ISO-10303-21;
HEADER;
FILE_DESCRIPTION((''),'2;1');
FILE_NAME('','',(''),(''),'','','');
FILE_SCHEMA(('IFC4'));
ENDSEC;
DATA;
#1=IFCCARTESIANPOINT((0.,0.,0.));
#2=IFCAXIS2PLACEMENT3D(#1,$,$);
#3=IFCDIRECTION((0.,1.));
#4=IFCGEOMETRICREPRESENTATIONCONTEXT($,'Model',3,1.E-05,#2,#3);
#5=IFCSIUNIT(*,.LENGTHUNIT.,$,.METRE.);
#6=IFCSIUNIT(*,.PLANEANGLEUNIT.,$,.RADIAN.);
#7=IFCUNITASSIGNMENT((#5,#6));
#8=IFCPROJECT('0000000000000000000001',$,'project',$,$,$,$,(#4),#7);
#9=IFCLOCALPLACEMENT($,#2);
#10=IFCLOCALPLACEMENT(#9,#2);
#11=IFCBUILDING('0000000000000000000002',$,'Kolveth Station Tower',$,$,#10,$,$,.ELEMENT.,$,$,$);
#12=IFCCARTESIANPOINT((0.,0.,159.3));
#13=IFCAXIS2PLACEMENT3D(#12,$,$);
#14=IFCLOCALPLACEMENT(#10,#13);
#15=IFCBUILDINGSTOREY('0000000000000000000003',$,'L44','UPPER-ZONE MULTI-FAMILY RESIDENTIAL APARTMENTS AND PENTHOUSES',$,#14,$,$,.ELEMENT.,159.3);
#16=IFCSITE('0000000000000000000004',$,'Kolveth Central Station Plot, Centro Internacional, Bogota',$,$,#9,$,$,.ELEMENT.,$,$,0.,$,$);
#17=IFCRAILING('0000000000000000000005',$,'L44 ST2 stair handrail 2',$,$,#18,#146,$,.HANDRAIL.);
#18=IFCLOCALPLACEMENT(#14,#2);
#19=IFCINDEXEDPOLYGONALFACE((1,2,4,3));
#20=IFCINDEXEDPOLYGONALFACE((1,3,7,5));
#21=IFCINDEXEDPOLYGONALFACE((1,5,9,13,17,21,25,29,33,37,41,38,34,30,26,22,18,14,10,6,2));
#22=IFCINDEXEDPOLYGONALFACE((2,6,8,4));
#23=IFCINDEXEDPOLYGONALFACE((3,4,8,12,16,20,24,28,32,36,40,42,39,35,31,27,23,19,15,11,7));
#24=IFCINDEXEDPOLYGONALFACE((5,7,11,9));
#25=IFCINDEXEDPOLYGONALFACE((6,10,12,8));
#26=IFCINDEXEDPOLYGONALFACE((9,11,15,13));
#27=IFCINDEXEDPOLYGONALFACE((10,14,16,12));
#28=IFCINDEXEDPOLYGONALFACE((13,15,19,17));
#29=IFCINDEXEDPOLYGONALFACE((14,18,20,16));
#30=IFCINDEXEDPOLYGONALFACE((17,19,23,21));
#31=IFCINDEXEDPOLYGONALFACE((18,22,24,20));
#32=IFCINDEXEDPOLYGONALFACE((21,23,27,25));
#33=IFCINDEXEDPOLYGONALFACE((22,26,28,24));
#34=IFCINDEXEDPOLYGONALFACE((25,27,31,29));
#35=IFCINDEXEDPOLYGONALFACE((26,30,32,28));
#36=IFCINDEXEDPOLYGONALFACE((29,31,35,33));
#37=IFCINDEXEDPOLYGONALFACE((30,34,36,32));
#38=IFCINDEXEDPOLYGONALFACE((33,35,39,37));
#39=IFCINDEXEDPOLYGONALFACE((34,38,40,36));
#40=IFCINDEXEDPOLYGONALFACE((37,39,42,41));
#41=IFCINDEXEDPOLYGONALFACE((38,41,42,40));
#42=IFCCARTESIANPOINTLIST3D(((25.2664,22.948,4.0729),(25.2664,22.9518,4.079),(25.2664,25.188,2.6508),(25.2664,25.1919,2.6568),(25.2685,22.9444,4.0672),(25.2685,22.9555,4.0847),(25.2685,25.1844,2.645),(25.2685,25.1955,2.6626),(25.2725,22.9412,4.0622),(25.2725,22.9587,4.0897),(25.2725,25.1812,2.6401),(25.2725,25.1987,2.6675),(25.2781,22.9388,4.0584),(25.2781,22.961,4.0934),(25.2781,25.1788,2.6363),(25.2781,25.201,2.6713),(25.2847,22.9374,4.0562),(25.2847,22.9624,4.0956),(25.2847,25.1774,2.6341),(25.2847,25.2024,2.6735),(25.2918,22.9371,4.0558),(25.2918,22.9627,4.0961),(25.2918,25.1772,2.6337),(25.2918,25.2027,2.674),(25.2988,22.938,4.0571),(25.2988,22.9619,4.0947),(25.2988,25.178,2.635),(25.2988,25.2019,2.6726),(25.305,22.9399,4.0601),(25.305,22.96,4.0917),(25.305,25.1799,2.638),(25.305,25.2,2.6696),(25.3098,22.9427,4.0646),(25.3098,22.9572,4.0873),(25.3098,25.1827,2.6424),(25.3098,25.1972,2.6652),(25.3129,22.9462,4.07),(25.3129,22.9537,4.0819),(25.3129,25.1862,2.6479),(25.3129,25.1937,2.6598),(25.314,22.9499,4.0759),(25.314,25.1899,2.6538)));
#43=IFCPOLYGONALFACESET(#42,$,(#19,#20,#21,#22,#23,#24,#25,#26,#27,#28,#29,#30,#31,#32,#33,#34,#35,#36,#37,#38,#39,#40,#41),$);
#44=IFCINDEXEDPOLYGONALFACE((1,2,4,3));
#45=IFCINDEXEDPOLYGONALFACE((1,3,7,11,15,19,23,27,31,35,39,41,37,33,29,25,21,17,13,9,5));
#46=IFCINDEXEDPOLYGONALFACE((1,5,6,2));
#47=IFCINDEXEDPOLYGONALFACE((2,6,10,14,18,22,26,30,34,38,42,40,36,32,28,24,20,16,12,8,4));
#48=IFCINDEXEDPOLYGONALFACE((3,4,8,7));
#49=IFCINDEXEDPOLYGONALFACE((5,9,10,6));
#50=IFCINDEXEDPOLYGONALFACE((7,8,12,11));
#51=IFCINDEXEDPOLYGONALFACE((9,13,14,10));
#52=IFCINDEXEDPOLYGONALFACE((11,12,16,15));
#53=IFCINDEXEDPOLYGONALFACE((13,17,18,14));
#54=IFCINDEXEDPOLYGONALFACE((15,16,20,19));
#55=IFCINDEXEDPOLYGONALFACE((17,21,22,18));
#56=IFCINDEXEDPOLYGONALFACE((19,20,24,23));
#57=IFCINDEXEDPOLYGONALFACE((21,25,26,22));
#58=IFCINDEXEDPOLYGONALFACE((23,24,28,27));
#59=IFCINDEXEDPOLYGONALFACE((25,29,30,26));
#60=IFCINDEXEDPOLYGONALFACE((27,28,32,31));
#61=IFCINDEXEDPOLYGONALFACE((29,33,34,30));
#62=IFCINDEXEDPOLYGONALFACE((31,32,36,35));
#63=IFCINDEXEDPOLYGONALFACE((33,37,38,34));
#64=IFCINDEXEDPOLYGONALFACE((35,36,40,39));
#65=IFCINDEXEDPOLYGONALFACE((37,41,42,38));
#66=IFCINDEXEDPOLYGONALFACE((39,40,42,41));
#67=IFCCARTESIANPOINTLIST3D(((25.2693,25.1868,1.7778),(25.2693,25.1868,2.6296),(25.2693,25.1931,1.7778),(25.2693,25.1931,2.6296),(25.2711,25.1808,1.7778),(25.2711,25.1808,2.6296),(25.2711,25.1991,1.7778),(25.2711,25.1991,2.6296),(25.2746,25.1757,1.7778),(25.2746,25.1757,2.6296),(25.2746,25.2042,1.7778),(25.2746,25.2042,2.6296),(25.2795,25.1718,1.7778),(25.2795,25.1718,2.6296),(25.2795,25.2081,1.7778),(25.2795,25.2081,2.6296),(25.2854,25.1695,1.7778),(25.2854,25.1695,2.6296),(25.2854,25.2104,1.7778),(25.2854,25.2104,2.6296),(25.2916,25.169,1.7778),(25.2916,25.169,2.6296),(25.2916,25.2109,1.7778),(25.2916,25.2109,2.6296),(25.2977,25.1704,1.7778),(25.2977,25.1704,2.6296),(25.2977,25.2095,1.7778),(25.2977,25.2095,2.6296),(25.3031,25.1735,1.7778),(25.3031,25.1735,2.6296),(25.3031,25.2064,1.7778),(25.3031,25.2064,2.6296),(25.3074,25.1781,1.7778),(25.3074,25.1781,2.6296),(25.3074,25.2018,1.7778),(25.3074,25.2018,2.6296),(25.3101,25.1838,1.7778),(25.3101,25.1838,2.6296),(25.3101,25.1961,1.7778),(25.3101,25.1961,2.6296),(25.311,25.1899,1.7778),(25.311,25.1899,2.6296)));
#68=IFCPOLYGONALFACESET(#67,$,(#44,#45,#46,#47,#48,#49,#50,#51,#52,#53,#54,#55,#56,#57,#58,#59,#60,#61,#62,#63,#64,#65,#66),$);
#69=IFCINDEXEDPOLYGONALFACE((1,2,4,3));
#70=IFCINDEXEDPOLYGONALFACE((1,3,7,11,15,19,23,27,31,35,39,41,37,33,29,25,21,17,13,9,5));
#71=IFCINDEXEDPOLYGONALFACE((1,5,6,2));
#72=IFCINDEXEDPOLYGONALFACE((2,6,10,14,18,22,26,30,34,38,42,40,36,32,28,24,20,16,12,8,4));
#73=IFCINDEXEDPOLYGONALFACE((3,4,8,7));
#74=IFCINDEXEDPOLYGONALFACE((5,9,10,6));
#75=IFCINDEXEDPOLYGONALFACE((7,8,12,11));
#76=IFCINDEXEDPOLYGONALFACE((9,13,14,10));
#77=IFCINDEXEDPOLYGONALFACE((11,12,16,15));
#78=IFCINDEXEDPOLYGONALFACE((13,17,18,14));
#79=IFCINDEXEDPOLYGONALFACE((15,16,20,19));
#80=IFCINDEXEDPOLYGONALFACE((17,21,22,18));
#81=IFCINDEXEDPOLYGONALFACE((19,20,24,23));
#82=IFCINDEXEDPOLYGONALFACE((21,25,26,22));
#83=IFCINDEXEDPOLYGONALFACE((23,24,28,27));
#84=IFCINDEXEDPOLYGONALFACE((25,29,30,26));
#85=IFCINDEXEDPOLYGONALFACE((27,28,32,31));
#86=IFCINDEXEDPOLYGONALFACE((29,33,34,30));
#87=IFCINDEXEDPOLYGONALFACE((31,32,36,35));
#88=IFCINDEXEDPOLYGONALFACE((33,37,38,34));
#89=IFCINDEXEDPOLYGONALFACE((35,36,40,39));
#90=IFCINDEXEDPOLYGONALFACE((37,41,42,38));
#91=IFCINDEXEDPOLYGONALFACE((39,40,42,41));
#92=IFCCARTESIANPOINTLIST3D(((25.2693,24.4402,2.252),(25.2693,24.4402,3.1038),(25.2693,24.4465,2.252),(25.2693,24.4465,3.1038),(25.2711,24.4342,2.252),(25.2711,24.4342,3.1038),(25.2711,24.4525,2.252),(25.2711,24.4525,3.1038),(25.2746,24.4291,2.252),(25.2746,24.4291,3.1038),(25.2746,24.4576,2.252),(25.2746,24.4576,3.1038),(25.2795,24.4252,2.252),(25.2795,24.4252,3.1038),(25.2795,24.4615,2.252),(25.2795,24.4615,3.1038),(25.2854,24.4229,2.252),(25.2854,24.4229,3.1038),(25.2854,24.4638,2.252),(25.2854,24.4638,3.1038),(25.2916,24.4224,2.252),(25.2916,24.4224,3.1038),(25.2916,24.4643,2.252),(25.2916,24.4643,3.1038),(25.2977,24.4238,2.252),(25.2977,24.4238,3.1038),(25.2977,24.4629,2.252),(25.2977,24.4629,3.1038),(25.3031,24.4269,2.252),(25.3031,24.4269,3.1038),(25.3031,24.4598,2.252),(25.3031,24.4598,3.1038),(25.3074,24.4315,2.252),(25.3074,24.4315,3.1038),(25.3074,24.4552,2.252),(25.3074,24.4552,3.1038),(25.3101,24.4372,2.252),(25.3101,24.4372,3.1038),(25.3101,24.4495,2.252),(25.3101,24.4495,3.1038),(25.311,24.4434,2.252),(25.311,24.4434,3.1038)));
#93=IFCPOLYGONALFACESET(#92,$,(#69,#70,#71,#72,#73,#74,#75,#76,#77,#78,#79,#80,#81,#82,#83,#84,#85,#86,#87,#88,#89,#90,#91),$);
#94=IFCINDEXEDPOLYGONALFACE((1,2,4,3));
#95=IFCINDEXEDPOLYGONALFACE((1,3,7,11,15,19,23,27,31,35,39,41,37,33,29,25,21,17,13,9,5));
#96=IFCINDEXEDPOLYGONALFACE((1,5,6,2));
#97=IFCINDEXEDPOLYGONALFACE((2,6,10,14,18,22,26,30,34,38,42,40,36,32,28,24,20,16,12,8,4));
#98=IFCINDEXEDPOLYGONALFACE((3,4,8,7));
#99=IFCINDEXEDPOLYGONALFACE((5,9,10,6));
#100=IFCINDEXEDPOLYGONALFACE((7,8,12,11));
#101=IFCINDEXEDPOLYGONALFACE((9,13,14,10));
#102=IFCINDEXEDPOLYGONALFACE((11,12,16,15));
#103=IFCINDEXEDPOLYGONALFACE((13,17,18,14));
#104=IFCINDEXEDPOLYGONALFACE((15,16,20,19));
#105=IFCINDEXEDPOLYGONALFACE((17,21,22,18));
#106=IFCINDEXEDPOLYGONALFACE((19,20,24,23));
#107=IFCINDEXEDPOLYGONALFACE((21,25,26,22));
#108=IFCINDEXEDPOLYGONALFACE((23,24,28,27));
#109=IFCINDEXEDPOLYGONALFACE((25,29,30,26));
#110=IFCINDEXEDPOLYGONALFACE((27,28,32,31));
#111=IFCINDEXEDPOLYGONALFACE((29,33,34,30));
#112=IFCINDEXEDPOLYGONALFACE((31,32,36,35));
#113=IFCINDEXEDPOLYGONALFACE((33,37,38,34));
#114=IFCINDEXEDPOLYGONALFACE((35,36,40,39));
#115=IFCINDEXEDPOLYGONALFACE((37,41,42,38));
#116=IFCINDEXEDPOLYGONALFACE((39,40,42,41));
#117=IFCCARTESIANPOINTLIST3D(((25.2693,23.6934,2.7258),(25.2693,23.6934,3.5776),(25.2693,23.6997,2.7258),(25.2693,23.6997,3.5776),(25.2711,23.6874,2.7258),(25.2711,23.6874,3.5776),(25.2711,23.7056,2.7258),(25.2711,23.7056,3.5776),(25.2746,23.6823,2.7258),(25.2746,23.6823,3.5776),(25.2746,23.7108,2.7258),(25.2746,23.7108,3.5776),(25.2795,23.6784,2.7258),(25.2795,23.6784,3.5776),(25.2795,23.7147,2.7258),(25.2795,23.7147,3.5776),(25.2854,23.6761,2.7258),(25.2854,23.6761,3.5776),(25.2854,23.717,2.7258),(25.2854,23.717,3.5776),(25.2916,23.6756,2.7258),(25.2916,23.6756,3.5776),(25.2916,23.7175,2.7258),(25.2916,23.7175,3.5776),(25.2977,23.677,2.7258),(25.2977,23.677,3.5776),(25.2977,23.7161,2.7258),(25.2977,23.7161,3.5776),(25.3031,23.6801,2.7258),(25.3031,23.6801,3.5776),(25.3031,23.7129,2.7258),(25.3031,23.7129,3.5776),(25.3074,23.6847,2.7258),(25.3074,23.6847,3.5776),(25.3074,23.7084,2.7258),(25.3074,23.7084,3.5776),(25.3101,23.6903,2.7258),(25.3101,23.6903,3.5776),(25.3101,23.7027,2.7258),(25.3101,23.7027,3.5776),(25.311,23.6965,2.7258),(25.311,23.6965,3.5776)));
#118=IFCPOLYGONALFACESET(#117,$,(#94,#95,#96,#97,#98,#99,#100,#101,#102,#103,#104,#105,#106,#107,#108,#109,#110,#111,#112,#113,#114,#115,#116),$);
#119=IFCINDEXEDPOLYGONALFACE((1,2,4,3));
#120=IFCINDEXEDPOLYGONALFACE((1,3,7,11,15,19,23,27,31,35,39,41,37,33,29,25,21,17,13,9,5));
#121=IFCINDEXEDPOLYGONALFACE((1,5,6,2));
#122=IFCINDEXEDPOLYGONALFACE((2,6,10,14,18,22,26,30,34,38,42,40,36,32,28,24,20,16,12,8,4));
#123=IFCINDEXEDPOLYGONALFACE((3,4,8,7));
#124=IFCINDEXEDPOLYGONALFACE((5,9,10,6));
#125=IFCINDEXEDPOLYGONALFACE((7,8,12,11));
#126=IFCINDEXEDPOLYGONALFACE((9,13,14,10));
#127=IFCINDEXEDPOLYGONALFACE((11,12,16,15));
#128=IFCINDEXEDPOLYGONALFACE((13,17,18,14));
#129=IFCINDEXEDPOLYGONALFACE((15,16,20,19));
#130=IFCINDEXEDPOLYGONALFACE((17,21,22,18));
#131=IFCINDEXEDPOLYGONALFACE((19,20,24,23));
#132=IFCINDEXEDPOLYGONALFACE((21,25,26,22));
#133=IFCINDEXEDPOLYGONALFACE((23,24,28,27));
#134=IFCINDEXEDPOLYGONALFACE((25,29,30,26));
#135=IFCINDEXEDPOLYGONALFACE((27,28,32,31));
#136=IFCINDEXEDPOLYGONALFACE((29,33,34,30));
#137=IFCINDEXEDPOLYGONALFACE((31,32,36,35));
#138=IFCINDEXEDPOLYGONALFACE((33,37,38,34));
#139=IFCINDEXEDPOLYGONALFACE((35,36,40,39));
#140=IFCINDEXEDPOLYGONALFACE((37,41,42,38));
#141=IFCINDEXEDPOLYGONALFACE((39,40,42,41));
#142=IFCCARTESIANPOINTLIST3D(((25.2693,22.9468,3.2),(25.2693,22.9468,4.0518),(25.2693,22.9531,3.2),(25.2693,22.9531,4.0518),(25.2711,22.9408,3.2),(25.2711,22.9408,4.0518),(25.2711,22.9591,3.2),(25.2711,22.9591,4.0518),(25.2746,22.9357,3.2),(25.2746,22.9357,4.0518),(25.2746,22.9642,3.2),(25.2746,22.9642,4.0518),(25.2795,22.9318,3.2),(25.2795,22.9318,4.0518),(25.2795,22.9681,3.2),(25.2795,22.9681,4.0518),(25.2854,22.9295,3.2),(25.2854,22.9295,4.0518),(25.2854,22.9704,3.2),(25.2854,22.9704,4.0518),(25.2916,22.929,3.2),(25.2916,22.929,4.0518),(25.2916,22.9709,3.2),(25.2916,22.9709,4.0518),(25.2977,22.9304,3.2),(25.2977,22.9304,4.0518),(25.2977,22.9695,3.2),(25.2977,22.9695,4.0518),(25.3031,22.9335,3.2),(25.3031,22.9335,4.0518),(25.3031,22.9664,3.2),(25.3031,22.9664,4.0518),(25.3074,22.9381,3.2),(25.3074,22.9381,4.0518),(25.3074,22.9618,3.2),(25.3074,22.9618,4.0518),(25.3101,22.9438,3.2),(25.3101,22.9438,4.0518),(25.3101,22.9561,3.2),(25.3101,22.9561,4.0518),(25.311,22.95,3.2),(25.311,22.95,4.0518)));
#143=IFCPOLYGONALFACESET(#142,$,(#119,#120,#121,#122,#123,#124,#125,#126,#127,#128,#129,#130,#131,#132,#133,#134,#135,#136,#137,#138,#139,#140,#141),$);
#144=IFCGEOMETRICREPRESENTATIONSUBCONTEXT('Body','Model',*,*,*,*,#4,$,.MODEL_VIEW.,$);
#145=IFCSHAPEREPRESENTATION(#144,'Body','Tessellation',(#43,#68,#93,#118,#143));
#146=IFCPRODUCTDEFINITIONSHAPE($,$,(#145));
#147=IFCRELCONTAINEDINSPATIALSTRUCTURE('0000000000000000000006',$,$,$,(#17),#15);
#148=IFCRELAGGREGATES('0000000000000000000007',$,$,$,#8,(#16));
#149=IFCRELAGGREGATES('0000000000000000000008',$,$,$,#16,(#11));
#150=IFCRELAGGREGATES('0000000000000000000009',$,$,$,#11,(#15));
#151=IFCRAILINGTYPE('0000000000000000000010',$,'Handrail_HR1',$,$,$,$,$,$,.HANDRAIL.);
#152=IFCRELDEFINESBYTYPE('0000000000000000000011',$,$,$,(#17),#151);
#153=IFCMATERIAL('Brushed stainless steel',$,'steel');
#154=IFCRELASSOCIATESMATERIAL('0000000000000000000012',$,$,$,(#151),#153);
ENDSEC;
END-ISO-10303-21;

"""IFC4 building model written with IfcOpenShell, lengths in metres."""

from ifc_helpers import new_model, si_unit, direction, frame, origin, origin_2d, place, context, subcontext, project, spatial, circle, extrude, material, type_object, element, save


model = new_model("IFC4")

# Units and contexts
model_context = context("Model", 3, precision=1e-05, world=origin(), true_north=direction((0.0, 1.0)))
body_context = subcontext(model_context, "Body", "Model", "MODEL_VIEW")
ifc_project = project(units=[si_unit("LENGTHUNIT", "METRE"), si_unit("PLANEANGLEUNIT", "RADIAN")], contexts=[model_context])

# Site, building, storey
site_placement = place(None, origin())
site = spatial("IfcSite", under=ifc_project, at=site_placement, Name="Kolveth Central Station Plot, Centro Internacional, Bogota", CompositionType="ELEMENT", RefElevation=0.0)
building_placement = place(site_placement, origin())
building = spatial("IfcBuilding", under=site, at=building_placement, Name="Kolveth Station Tower", CompositionType="ELEMENT")
storey_placement = place(building_placement, frame((0.0, 0.0, 159.3)))
storey = spatial("IfcBuildingStorey", under=building, at=storey_placement, Name="L44", Description="UPPER-ZONE MULTI-FAMILY RESIDENTIAL APARTMENTS AND PENTHOUSES", CompositionType="ELEMENT", Elevation=159.3)

# Railing
ifc_material_1 = material(Name="Brushed stainless steel", Category="steel")
railing_type_1 = type_object("IfcRailingType", Name="Handrail_HR1", PredefinedType="HANDRAIL", material=ifc_material_1)
for number, where, name in (
    (1, (25.29, 25.1899, 1.7778), "L44 ST2 stair handrail 2"),
):
    element("IfcRailing", number, at=place(storey_placement, frame(where)), inside=storey, type_object=railing_type_1, Name=name, PredefinedType="HANDRAIL", context=body_context, shape_type="SweptSolid", body=[
        extrude(circle(Radius=0.0239, at=origin_2d()), frame((0.0, 0.0, 0.876), z_axis=(0.0, -0.844229, 0.535982), x_axis=(1.0, 0.0, 0.0)), (0.0, 0.0, 1.0), 2.6533),
        extrude(circle(Radius=0.021, at=origin_2d()), origin(), (0.0, 0.0, 1.0), 0.8518),
        extrude(circle(Radius=0.021, at=origin_2d()), frame((0.0, -0.7466, 0.4741)), (0.0, 0.0, 1.0), 0.8518),
        extrude(circle(Radius=0.021, at=origin_2d()), frame((0.0, -1.4934, 0.948)), (0.0, 0.0, 1.0), 0.8518),
        extrude(circle(Radius=0.021, at=origin_2d()), frame((0.0, -2.24, 1.4221)), (0.0, 0.0, 1.0), 0.8518),
    ])

save(model, "model.ifc")
